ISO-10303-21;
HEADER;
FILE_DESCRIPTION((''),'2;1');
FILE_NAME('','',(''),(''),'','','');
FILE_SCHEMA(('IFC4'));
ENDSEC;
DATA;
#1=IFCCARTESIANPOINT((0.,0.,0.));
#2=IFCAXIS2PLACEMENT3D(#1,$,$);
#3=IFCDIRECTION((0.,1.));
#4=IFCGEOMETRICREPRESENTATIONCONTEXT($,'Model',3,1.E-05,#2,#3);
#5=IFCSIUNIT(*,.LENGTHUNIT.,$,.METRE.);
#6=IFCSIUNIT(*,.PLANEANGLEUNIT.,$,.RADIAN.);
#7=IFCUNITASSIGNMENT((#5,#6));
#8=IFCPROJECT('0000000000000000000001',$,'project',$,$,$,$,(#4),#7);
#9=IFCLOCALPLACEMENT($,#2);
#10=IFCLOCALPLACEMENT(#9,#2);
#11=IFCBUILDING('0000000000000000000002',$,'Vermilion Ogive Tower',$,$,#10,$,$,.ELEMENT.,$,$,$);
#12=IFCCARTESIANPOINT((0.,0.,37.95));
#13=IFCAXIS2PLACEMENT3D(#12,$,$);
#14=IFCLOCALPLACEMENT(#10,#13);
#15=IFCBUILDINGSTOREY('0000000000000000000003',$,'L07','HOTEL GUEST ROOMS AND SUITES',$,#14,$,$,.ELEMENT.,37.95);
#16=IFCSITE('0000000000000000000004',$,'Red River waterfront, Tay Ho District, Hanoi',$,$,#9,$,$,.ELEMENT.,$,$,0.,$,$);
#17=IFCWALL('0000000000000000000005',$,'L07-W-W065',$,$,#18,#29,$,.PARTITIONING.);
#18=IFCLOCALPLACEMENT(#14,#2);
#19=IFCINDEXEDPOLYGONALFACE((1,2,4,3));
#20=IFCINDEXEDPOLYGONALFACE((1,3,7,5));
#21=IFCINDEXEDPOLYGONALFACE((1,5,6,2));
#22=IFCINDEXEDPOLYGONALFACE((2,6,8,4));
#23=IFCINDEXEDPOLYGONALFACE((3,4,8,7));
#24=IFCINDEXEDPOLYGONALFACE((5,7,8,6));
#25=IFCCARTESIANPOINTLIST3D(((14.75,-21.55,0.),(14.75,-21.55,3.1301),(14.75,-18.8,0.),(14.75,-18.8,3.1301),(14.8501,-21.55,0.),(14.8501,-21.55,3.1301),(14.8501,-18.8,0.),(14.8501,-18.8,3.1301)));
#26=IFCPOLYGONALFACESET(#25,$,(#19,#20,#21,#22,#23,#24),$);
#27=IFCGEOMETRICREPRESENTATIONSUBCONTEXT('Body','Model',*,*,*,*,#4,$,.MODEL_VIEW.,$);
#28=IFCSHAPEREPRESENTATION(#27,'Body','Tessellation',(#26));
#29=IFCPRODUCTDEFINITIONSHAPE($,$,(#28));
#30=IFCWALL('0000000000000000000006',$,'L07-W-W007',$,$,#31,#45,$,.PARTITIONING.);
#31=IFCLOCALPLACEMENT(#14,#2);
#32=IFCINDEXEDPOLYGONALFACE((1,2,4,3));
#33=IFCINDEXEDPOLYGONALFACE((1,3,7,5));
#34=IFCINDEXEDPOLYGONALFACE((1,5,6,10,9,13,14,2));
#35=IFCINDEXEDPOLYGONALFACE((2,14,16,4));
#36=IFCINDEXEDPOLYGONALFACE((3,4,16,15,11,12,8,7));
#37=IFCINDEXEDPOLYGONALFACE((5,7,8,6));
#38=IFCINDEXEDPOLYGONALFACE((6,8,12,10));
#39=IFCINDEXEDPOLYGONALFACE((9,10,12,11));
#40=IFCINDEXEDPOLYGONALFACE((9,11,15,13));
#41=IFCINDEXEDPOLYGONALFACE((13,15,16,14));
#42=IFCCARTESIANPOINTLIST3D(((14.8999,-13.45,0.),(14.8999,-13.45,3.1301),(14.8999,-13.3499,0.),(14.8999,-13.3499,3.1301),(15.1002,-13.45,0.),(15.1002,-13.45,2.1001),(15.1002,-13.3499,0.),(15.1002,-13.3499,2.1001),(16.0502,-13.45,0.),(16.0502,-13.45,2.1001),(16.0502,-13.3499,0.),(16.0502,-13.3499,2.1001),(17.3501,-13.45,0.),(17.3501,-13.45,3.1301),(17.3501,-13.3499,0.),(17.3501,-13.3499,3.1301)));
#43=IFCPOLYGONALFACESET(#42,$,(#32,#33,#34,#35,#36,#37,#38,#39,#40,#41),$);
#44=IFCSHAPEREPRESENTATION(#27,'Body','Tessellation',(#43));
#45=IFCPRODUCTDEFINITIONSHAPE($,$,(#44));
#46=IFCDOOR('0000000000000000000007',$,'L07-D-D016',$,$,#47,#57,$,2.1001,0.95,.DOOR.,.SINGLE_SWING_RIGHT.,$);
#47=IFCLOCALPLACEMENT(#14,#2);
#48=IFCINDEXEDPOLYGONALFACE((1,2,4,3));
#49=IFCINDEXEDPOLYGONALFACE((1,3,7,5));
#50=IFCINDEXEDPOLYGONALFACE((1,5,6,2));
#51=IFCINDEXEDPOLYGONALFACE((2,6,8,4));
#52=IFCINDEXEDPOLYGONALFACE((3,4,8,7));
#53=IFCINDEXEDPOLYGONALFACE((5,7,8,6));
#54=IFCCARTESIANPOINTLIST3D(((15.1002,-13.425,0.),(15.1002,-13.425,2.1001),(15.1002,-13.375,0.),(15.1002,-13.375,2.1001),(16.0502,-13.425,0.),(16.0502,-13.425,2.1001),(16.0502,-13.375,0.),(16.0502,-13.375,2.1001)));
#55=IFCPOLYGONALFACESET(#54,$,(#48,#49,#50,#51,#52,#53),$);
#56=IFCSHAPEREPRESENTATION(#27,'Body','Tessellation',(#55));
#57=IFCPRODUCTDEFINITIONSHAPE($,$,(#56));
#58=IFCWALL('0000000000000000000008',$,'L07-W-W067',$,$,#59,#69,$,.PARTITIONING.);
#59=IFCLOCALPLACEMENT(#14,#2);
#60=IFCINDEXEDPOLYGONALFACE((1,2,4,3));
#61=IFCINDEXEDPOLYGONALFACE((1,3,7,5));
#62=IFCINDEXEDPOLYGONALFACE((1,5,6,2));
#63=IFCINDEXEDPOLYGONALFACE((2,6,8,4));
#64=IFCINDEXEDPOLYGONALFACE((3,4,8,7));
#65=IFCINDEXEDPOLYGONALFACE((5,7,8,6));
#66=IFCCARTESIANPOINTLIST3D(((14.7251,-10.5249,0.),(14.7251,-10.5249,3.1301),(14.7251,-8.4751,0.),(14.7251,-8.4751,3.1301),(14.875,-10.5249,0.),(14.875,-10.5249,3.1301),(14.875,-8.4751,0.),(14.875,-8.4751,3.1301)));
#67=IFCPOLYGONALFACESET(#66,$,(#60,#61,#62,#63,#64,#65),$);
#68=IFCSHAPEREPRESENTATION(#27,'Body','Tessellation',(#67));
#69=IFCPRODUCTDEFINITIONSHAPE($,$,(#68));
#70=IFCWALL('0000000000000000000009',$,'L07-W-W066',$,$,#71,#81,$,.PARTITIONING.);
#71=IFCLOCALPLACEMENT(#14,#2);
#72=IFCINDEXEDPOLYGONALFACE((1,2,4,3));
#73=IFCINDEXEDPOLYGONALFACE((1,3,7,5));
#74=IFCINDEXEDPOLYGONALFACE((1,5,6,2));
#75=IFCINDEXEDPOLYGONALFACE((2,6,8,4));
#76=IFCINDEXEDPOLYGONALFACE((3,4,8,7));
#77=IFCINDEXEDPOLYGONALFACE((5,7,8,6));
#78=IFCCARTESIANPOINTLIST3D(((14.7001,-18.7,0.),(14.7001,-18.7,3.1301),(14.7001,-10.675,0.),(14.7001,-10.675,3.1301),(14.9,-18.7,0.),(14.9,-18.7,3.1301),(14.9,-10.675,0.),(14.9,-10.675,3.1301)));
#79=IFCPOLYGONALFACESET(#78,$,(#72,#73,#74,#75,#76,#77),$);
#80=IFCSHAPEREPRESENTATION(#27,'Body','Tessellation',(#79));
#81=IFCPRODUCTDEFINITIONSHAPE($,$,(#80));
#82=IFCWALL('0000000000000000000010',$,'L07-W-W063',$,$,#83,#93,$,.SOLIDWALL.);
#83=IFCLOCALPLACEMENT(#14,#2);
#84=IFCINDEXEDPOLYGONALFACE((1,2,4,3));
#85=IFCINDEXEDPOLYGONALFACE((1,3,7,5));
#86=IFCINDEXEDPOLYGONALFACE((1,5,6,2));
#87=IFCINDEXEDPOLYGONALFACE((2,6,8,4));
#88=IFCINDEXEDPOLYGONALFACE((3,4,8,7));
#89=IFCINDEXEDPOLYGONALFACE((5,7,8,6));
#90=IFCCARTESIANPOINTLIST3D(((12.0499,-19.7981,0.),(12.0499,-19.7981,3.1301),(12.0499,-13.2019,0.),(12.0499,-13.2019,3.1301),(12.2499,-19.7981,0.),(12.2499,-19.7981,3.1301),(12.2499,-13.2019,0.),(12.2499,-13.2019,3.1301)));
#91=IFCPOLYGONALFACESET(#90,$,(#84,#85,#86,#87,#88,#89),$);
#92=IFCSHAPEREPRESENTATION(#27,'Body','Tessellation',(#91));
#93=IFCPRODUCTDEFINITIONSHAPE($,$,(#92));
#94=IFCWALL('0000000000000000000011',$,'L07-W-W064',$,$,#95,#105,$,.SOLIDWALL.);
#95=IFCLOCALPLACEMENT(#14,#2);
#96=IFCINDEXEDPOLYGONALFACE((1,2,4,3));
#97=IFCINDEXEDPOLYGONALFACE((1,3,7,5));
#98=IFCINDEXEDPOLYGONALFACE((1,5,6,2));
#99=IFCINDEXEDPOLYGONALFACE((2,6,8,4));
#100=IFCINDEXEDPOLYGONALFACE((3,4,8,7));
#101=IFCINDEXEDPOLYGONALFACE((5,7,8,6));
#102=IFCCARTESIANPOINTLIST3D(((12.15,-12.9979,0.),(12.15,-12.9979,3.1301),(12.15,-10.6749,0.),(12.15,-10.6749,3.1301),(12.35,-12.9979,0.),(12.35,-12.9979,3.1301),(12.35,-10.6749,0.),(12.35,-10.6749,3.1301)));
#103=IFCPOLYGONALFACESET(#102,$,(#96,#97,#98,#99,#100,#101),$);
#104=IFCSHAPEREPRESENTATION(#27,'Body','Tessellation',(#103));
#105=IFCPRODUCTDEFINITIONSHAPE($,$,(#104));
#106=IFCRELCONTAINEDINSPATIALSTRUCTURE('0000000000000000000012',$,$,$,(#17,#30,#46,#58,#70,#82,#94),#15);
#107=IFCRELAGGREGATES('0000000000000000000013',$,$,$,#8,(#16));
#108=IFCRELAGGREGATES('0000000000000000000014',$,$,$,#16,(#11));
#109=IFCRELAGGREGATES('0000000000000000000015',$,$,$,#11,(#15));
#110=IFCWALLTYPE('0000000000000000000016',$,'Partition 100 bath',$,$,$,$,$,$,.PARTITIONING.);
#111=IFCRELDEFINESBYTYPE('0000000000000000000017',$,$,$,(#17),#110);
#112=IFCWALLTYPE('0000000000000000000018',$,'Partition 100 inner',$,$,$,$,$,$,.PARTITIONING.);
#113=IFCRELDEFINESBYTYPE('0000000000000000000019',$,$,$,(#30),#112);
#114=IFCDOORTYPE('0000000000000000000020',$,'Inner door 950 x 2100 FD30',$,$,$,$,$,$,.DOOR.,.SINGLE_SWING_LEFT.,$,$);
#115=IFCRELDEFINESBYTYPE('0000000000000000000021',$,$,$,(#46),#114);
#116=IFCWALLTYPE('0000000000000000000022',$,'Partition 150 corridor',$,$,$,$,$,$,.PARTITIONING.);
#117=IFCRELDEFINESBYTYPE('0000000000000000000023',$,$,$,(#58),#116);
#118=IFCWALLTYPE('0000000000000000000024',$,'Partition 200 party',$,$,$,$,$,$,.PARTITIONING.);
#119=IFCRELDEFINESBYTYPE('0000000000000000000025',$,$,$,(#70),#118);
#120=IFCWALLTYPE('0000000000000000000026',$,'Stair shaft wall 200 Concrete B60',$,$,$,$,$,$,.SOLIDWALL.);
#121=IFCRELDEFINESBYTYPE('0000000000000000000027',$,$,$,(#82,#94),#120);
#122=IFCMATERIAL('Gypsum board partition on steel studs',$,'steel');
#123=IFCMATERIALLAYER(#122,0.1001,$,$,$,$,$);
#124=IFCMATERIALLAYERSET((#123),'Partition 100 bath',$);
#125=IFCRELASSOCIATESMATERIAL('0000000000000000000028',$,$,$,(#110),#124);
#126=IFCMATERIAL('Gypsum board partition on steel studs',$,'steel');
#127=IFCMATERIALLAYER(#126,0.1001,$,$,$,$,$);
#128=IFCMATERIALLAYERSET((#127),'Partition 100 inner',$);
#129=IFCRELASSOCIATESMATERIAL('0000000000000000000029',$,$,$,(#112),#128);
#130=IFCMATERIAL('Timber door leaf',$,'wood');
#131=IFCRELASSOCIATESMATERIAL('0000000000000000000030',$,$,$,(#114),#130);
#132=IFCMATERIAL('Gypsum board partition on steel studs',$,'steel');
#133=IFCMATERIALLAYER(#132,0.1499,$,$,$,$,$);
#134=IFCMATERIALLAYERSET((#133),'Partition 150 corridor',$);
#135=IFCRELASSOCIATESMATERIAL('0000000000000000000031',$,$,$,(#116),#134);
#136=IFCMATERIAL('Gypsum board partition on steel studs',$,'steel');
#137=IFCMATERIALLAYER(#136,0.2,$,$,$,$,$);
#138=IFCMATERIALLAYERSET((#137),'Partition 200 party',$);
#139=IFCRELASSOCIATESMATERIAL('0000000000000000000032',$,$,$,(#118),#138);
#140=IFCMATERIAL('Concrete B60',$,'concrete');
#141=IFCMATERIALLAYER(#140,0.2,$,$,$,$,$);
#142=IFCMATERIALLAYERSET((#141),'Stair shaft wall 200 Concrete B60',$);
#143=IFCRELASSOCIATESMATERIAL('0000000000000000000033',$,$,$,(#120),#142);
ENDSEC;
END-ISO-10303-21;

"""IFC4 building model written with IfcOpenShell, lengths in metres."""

from ifc_helpers import new_model, si_unit, direction, frame, frame_2d, origin, place, context, subcontext, project, spatial, rectangle, extrude, material, layer, layer_set, type_object, element, fill, save


model = new_model("IFC4")

# Units and contexts
model_context = context("Model", 3, precision=1e-05, world=origin(), true_north=direction((0.0, 1.0)))
body_context = subcontext(model_context, "Body", "Model", "MODEL_VIEW")
ifc_project = project(units=[si_unit("LENGTHUNIT", "METRE"), si_unit("PLANEANGLEUNIT", "RADIAN")], contexts=[model_context])

# Site, building, storey
site_placement = place(None, origin())
site = spatial("IfcSite", under=ifc_project, at=site_placement, Name="Red River waterfront, Tay Ho District, Hanoi", CompositionType="ELEMENT", RefElevation=0.0)
building_placement = place(site_placement, origin())
building = spatial("IfcBuilding", under=site, at=building_placement, Name="Vermilion Ogive Tower", CompositionType="ELEMENT")
storey_placement = place(building_placement, frame((0.0, 0.0, 37.95)))
storey = spatial("IfcBuildingStorey", under=building, at=storey_placement, Name="L07", Description="HOTEL GUEST ROOMS AND SUITES", CompositionType="ELEMENT", Elevation=37.95)

# Shared definitions
ifc_material_1 = material(Name="Gypsum board partition on steel studs", Category="steel")
ifc_layer_1 = layer(ifc_material_1, 0.1001)
ifc_layer_set_1 = layer_set([ifc_layer_1], Name="Partition 100 bath")
wall_type_1 = type_object("IfcWallType", Name="Partition 100 bath", PredefinedType="PARTITIONING", material=ifc_layer_set_1)

# Wall
wall_1_placement = place(storey_placement, frame((14.8, -21.55, 0.0), z_axis=(0.0, 0.0, 1.0), x_axis=(0.0, 1.0, 0.0)))
element("IfcWall", 1, at=wall_1_placement, inside=storey, type_object=wall_type_1, Name="L07-W-W065", PredefinedType="PARTITIONING", context=body_context, shape_type="SweptSolid", body=[
    extrude(rectangle(XDim=2.75, YDim=0.1001, at=frame_2d((1.375, 0.0))), origin(), (0.0, 0.0, 1.0), 3.1301),
])

# Wall, opening, door
ifc_material_2 = material(Name="Gypsum board partition on steel studs", Category="steel")
ifc_layer_2 = layer(ifc_material_2, 0.1001)
ifc_layer_set_2 = layer_set([ifc_layer_2], Name="Partition 100 inner")
wall_type_2 = type_object("IfcWallType", Name="Partition 100 inner", PredefinedType="PARTITIONING", material=ifc_layer_set_2)
wall_2_placement = place(storey_placement, frame((14.8999, -13.3999, 0.0), z_axis=(0.0, 0.0, 1.0), x_axis=(1.0, 0.0, 0.0)))
wall_2 = element("IfcWall", 2, at=wall_2_placement, inside=storey, type_object=wall_type_2, Name="L07-W-W007", PredefinedType="PARTITIONING", context=body_context, shape_type="SweptSolid", body=[
    extrude(rectangle(XDim=2.4502, YDim=0.1001, at=frame_2d((1.2251, 0.0))), origin(), (0.0, 0.0, 1.0), 3.1301),
])
opening_1_placement = place(wall_2_placement, frame((0.2002, 0.0, 0.0)))
opening_1 = element("IfcOpeningElement", 3, at=opening_1_placement, cuts=wall_2, PredefinedType="OPENING", context=body_context, shape_type="SweptSolid", body=[
    extrude(rectangle(XDim=0.95, YDim=2.1001, at=frame_2d((0.4751, 1.05))), frame((0.0, 0.0601, 0.0), z_axis=(0.0, -1.0, 0.0), x_axis=(1.0, 0.0, 0.0)), (0.0, 0.0, 1.0), 0.1201),
])
ifc_material_3 = material(Name="Timber door leaf", Category="wood")
door_type_1 = type_object("IfcDoorType", Name="Inner door 950 x 2100 FD30", OperationType="SINGLE_SWING_LEFT", PredefinedType="DOOR", material=ifc_material_3)
door_1_placement = place(opening_1_placement, origin())
door_1 = element("IfcDoor", 4, at=door_1_placement, inside=storey, type_object=door_type_1, Name="L07-D-D016", OperationType="SINGLE_SWING_RIGHT", OverallHeight=2.1001, OverallWidth=0.95, PredefinedType="DOOR", context=body_context, shape_type="SweptSolid", body=[
    extrude(rectangle(XDim=0.95, YDim=2.1001, at=frame_2d((0.4751, 1.05))), frame((0.0, 0.0249, 0.0), z_axis=(0.0, -1.0, 0.0), x_axis=(1.0, 0.0, 0.0)), (0.0, 0.0, 1.0), 0.05),
])
fill(opening_1, door_1)

# Walls
ifc_material_4 = material(Name="Gypsum board partition on steel studs", Category="steel")
ifc_layer_3 = layer(ifc_material_4, 0.1499)
ifc_layer_set_3 = layer_set([ifc_layer_3], Name="Partition 150 corridor")
wall_type_3 = type_object("IfcWallType", Name="Partition 150 corridor", PredefinedType="PARTITIONING", material=ifc_layer_set_3)
wall_3_placement = place(storey_placement, frame((14.8, -10.5249, 0.0), z_axis=(0.0, 0.0, 1.0), x_axis=(0.0, 1.0, 0.0)))
element("IfcWall", 5, at=wall_3_placement, inside=storey, type_object=wall_type_3, Name="L07-W-W067", PredefinedType="PARTITIONING", context=body_context, shape_type="SweptSolid", body=[
    extrude(rectangle(XDim=2.0498, YDim=0.1499, at=frame_2d((1.0249, 0.0))), origin(), (0.0, 0.0, 1.0), 3.1301),
])
ifc_material_5 = material(Name="Gypsum board partition on steel studs", Category="steel")
ifc_layer_4 = layer(ifc_material_5, 0.2)
ifc_layer_set_4 = layer_set([ifc_layer_4], Name="Partition 200 party")
wall_type_4 = type_object("IfcWallType", Name="Partition 200 party", PredefinedType="PARTITIONING", material=ifc_layer_set_4)
wall_4_placement = place(storey_placement, frame((14.8, -18.7, 0.0), z_axis=(0.0, 0.0, 1.0), x_axis=(0.0, 1.0, 0.0)))
element("IfcWall", 6, at=wall_4_placement, inside=storey, type_object=wall_type_4, Name="L07-W-W066", PredefinedType="PARTITIONING", context=body_context, shape_type="SweptSolid", body=[
    extrude(rectangle(XDim=8.0249, YDim=0.2, at=frame_2d((4.0125, 0.0))), origin(), (0.0, 0.0, 1.0), 3.1301),
])
ifc_material_6 = material(Name="Concrete B60", Category="concrete")
ifc_layer_5 = layer(ifc_material_6, 0.2)
ifc_layer_set_5 = layer_set([ifc_layer_5], Name="Stair shaft wall 200 Concrete B60")
wall_type_5 = type_object("IfcWallType", Name="Stair shaft wall 200 Concrete B60", PredefinedType="SOLIDWALL", material=ifc_layer_set_5)
wall_5_placement = place(storey_placement, frame((12.1499, -19.7981, 0.0), z_axis=(0.0, 0.0, 1.0), x_axis=(0.0, 1.0, 0.0)))
element("IfcWall", 7, at=wall_5_placement, inside=storey, type_object=wall_type_5, Name="L07-W-W063", PredefinedType="SOLIDWALL", context=body_context, shape_type="SweptSolid", body=[
    extrude(rectangle(XDim=6.5962, YDim=0.2, at=frame_2d((3.2981, 0.0))), origin(), (0.0, 0.0, 1.0), 3.1301),
])
wall_6_placement = place(storey_placement, frame((12.25, -12.998, 0.0), z_axis=(0.0, 0.0, 1.0), x_axis=(0.0, 1.0, 0.0)))
element("IfcWall", 8, at=wall_6_placement, inside=storey, type_object=wall_type_5, Name="L07-W-W064", PredefinedType="SOLIDWALL", context=body_context, shape_type="SweptSolid", body=[
    extrude(rectangle(XDim=2.323, YDim=0.2, at=frame_2d((1.1616, 0.0))), origin(), (0.0, 0.0, 1.0), 3.1301),
])

save(model, "model.ifc")
